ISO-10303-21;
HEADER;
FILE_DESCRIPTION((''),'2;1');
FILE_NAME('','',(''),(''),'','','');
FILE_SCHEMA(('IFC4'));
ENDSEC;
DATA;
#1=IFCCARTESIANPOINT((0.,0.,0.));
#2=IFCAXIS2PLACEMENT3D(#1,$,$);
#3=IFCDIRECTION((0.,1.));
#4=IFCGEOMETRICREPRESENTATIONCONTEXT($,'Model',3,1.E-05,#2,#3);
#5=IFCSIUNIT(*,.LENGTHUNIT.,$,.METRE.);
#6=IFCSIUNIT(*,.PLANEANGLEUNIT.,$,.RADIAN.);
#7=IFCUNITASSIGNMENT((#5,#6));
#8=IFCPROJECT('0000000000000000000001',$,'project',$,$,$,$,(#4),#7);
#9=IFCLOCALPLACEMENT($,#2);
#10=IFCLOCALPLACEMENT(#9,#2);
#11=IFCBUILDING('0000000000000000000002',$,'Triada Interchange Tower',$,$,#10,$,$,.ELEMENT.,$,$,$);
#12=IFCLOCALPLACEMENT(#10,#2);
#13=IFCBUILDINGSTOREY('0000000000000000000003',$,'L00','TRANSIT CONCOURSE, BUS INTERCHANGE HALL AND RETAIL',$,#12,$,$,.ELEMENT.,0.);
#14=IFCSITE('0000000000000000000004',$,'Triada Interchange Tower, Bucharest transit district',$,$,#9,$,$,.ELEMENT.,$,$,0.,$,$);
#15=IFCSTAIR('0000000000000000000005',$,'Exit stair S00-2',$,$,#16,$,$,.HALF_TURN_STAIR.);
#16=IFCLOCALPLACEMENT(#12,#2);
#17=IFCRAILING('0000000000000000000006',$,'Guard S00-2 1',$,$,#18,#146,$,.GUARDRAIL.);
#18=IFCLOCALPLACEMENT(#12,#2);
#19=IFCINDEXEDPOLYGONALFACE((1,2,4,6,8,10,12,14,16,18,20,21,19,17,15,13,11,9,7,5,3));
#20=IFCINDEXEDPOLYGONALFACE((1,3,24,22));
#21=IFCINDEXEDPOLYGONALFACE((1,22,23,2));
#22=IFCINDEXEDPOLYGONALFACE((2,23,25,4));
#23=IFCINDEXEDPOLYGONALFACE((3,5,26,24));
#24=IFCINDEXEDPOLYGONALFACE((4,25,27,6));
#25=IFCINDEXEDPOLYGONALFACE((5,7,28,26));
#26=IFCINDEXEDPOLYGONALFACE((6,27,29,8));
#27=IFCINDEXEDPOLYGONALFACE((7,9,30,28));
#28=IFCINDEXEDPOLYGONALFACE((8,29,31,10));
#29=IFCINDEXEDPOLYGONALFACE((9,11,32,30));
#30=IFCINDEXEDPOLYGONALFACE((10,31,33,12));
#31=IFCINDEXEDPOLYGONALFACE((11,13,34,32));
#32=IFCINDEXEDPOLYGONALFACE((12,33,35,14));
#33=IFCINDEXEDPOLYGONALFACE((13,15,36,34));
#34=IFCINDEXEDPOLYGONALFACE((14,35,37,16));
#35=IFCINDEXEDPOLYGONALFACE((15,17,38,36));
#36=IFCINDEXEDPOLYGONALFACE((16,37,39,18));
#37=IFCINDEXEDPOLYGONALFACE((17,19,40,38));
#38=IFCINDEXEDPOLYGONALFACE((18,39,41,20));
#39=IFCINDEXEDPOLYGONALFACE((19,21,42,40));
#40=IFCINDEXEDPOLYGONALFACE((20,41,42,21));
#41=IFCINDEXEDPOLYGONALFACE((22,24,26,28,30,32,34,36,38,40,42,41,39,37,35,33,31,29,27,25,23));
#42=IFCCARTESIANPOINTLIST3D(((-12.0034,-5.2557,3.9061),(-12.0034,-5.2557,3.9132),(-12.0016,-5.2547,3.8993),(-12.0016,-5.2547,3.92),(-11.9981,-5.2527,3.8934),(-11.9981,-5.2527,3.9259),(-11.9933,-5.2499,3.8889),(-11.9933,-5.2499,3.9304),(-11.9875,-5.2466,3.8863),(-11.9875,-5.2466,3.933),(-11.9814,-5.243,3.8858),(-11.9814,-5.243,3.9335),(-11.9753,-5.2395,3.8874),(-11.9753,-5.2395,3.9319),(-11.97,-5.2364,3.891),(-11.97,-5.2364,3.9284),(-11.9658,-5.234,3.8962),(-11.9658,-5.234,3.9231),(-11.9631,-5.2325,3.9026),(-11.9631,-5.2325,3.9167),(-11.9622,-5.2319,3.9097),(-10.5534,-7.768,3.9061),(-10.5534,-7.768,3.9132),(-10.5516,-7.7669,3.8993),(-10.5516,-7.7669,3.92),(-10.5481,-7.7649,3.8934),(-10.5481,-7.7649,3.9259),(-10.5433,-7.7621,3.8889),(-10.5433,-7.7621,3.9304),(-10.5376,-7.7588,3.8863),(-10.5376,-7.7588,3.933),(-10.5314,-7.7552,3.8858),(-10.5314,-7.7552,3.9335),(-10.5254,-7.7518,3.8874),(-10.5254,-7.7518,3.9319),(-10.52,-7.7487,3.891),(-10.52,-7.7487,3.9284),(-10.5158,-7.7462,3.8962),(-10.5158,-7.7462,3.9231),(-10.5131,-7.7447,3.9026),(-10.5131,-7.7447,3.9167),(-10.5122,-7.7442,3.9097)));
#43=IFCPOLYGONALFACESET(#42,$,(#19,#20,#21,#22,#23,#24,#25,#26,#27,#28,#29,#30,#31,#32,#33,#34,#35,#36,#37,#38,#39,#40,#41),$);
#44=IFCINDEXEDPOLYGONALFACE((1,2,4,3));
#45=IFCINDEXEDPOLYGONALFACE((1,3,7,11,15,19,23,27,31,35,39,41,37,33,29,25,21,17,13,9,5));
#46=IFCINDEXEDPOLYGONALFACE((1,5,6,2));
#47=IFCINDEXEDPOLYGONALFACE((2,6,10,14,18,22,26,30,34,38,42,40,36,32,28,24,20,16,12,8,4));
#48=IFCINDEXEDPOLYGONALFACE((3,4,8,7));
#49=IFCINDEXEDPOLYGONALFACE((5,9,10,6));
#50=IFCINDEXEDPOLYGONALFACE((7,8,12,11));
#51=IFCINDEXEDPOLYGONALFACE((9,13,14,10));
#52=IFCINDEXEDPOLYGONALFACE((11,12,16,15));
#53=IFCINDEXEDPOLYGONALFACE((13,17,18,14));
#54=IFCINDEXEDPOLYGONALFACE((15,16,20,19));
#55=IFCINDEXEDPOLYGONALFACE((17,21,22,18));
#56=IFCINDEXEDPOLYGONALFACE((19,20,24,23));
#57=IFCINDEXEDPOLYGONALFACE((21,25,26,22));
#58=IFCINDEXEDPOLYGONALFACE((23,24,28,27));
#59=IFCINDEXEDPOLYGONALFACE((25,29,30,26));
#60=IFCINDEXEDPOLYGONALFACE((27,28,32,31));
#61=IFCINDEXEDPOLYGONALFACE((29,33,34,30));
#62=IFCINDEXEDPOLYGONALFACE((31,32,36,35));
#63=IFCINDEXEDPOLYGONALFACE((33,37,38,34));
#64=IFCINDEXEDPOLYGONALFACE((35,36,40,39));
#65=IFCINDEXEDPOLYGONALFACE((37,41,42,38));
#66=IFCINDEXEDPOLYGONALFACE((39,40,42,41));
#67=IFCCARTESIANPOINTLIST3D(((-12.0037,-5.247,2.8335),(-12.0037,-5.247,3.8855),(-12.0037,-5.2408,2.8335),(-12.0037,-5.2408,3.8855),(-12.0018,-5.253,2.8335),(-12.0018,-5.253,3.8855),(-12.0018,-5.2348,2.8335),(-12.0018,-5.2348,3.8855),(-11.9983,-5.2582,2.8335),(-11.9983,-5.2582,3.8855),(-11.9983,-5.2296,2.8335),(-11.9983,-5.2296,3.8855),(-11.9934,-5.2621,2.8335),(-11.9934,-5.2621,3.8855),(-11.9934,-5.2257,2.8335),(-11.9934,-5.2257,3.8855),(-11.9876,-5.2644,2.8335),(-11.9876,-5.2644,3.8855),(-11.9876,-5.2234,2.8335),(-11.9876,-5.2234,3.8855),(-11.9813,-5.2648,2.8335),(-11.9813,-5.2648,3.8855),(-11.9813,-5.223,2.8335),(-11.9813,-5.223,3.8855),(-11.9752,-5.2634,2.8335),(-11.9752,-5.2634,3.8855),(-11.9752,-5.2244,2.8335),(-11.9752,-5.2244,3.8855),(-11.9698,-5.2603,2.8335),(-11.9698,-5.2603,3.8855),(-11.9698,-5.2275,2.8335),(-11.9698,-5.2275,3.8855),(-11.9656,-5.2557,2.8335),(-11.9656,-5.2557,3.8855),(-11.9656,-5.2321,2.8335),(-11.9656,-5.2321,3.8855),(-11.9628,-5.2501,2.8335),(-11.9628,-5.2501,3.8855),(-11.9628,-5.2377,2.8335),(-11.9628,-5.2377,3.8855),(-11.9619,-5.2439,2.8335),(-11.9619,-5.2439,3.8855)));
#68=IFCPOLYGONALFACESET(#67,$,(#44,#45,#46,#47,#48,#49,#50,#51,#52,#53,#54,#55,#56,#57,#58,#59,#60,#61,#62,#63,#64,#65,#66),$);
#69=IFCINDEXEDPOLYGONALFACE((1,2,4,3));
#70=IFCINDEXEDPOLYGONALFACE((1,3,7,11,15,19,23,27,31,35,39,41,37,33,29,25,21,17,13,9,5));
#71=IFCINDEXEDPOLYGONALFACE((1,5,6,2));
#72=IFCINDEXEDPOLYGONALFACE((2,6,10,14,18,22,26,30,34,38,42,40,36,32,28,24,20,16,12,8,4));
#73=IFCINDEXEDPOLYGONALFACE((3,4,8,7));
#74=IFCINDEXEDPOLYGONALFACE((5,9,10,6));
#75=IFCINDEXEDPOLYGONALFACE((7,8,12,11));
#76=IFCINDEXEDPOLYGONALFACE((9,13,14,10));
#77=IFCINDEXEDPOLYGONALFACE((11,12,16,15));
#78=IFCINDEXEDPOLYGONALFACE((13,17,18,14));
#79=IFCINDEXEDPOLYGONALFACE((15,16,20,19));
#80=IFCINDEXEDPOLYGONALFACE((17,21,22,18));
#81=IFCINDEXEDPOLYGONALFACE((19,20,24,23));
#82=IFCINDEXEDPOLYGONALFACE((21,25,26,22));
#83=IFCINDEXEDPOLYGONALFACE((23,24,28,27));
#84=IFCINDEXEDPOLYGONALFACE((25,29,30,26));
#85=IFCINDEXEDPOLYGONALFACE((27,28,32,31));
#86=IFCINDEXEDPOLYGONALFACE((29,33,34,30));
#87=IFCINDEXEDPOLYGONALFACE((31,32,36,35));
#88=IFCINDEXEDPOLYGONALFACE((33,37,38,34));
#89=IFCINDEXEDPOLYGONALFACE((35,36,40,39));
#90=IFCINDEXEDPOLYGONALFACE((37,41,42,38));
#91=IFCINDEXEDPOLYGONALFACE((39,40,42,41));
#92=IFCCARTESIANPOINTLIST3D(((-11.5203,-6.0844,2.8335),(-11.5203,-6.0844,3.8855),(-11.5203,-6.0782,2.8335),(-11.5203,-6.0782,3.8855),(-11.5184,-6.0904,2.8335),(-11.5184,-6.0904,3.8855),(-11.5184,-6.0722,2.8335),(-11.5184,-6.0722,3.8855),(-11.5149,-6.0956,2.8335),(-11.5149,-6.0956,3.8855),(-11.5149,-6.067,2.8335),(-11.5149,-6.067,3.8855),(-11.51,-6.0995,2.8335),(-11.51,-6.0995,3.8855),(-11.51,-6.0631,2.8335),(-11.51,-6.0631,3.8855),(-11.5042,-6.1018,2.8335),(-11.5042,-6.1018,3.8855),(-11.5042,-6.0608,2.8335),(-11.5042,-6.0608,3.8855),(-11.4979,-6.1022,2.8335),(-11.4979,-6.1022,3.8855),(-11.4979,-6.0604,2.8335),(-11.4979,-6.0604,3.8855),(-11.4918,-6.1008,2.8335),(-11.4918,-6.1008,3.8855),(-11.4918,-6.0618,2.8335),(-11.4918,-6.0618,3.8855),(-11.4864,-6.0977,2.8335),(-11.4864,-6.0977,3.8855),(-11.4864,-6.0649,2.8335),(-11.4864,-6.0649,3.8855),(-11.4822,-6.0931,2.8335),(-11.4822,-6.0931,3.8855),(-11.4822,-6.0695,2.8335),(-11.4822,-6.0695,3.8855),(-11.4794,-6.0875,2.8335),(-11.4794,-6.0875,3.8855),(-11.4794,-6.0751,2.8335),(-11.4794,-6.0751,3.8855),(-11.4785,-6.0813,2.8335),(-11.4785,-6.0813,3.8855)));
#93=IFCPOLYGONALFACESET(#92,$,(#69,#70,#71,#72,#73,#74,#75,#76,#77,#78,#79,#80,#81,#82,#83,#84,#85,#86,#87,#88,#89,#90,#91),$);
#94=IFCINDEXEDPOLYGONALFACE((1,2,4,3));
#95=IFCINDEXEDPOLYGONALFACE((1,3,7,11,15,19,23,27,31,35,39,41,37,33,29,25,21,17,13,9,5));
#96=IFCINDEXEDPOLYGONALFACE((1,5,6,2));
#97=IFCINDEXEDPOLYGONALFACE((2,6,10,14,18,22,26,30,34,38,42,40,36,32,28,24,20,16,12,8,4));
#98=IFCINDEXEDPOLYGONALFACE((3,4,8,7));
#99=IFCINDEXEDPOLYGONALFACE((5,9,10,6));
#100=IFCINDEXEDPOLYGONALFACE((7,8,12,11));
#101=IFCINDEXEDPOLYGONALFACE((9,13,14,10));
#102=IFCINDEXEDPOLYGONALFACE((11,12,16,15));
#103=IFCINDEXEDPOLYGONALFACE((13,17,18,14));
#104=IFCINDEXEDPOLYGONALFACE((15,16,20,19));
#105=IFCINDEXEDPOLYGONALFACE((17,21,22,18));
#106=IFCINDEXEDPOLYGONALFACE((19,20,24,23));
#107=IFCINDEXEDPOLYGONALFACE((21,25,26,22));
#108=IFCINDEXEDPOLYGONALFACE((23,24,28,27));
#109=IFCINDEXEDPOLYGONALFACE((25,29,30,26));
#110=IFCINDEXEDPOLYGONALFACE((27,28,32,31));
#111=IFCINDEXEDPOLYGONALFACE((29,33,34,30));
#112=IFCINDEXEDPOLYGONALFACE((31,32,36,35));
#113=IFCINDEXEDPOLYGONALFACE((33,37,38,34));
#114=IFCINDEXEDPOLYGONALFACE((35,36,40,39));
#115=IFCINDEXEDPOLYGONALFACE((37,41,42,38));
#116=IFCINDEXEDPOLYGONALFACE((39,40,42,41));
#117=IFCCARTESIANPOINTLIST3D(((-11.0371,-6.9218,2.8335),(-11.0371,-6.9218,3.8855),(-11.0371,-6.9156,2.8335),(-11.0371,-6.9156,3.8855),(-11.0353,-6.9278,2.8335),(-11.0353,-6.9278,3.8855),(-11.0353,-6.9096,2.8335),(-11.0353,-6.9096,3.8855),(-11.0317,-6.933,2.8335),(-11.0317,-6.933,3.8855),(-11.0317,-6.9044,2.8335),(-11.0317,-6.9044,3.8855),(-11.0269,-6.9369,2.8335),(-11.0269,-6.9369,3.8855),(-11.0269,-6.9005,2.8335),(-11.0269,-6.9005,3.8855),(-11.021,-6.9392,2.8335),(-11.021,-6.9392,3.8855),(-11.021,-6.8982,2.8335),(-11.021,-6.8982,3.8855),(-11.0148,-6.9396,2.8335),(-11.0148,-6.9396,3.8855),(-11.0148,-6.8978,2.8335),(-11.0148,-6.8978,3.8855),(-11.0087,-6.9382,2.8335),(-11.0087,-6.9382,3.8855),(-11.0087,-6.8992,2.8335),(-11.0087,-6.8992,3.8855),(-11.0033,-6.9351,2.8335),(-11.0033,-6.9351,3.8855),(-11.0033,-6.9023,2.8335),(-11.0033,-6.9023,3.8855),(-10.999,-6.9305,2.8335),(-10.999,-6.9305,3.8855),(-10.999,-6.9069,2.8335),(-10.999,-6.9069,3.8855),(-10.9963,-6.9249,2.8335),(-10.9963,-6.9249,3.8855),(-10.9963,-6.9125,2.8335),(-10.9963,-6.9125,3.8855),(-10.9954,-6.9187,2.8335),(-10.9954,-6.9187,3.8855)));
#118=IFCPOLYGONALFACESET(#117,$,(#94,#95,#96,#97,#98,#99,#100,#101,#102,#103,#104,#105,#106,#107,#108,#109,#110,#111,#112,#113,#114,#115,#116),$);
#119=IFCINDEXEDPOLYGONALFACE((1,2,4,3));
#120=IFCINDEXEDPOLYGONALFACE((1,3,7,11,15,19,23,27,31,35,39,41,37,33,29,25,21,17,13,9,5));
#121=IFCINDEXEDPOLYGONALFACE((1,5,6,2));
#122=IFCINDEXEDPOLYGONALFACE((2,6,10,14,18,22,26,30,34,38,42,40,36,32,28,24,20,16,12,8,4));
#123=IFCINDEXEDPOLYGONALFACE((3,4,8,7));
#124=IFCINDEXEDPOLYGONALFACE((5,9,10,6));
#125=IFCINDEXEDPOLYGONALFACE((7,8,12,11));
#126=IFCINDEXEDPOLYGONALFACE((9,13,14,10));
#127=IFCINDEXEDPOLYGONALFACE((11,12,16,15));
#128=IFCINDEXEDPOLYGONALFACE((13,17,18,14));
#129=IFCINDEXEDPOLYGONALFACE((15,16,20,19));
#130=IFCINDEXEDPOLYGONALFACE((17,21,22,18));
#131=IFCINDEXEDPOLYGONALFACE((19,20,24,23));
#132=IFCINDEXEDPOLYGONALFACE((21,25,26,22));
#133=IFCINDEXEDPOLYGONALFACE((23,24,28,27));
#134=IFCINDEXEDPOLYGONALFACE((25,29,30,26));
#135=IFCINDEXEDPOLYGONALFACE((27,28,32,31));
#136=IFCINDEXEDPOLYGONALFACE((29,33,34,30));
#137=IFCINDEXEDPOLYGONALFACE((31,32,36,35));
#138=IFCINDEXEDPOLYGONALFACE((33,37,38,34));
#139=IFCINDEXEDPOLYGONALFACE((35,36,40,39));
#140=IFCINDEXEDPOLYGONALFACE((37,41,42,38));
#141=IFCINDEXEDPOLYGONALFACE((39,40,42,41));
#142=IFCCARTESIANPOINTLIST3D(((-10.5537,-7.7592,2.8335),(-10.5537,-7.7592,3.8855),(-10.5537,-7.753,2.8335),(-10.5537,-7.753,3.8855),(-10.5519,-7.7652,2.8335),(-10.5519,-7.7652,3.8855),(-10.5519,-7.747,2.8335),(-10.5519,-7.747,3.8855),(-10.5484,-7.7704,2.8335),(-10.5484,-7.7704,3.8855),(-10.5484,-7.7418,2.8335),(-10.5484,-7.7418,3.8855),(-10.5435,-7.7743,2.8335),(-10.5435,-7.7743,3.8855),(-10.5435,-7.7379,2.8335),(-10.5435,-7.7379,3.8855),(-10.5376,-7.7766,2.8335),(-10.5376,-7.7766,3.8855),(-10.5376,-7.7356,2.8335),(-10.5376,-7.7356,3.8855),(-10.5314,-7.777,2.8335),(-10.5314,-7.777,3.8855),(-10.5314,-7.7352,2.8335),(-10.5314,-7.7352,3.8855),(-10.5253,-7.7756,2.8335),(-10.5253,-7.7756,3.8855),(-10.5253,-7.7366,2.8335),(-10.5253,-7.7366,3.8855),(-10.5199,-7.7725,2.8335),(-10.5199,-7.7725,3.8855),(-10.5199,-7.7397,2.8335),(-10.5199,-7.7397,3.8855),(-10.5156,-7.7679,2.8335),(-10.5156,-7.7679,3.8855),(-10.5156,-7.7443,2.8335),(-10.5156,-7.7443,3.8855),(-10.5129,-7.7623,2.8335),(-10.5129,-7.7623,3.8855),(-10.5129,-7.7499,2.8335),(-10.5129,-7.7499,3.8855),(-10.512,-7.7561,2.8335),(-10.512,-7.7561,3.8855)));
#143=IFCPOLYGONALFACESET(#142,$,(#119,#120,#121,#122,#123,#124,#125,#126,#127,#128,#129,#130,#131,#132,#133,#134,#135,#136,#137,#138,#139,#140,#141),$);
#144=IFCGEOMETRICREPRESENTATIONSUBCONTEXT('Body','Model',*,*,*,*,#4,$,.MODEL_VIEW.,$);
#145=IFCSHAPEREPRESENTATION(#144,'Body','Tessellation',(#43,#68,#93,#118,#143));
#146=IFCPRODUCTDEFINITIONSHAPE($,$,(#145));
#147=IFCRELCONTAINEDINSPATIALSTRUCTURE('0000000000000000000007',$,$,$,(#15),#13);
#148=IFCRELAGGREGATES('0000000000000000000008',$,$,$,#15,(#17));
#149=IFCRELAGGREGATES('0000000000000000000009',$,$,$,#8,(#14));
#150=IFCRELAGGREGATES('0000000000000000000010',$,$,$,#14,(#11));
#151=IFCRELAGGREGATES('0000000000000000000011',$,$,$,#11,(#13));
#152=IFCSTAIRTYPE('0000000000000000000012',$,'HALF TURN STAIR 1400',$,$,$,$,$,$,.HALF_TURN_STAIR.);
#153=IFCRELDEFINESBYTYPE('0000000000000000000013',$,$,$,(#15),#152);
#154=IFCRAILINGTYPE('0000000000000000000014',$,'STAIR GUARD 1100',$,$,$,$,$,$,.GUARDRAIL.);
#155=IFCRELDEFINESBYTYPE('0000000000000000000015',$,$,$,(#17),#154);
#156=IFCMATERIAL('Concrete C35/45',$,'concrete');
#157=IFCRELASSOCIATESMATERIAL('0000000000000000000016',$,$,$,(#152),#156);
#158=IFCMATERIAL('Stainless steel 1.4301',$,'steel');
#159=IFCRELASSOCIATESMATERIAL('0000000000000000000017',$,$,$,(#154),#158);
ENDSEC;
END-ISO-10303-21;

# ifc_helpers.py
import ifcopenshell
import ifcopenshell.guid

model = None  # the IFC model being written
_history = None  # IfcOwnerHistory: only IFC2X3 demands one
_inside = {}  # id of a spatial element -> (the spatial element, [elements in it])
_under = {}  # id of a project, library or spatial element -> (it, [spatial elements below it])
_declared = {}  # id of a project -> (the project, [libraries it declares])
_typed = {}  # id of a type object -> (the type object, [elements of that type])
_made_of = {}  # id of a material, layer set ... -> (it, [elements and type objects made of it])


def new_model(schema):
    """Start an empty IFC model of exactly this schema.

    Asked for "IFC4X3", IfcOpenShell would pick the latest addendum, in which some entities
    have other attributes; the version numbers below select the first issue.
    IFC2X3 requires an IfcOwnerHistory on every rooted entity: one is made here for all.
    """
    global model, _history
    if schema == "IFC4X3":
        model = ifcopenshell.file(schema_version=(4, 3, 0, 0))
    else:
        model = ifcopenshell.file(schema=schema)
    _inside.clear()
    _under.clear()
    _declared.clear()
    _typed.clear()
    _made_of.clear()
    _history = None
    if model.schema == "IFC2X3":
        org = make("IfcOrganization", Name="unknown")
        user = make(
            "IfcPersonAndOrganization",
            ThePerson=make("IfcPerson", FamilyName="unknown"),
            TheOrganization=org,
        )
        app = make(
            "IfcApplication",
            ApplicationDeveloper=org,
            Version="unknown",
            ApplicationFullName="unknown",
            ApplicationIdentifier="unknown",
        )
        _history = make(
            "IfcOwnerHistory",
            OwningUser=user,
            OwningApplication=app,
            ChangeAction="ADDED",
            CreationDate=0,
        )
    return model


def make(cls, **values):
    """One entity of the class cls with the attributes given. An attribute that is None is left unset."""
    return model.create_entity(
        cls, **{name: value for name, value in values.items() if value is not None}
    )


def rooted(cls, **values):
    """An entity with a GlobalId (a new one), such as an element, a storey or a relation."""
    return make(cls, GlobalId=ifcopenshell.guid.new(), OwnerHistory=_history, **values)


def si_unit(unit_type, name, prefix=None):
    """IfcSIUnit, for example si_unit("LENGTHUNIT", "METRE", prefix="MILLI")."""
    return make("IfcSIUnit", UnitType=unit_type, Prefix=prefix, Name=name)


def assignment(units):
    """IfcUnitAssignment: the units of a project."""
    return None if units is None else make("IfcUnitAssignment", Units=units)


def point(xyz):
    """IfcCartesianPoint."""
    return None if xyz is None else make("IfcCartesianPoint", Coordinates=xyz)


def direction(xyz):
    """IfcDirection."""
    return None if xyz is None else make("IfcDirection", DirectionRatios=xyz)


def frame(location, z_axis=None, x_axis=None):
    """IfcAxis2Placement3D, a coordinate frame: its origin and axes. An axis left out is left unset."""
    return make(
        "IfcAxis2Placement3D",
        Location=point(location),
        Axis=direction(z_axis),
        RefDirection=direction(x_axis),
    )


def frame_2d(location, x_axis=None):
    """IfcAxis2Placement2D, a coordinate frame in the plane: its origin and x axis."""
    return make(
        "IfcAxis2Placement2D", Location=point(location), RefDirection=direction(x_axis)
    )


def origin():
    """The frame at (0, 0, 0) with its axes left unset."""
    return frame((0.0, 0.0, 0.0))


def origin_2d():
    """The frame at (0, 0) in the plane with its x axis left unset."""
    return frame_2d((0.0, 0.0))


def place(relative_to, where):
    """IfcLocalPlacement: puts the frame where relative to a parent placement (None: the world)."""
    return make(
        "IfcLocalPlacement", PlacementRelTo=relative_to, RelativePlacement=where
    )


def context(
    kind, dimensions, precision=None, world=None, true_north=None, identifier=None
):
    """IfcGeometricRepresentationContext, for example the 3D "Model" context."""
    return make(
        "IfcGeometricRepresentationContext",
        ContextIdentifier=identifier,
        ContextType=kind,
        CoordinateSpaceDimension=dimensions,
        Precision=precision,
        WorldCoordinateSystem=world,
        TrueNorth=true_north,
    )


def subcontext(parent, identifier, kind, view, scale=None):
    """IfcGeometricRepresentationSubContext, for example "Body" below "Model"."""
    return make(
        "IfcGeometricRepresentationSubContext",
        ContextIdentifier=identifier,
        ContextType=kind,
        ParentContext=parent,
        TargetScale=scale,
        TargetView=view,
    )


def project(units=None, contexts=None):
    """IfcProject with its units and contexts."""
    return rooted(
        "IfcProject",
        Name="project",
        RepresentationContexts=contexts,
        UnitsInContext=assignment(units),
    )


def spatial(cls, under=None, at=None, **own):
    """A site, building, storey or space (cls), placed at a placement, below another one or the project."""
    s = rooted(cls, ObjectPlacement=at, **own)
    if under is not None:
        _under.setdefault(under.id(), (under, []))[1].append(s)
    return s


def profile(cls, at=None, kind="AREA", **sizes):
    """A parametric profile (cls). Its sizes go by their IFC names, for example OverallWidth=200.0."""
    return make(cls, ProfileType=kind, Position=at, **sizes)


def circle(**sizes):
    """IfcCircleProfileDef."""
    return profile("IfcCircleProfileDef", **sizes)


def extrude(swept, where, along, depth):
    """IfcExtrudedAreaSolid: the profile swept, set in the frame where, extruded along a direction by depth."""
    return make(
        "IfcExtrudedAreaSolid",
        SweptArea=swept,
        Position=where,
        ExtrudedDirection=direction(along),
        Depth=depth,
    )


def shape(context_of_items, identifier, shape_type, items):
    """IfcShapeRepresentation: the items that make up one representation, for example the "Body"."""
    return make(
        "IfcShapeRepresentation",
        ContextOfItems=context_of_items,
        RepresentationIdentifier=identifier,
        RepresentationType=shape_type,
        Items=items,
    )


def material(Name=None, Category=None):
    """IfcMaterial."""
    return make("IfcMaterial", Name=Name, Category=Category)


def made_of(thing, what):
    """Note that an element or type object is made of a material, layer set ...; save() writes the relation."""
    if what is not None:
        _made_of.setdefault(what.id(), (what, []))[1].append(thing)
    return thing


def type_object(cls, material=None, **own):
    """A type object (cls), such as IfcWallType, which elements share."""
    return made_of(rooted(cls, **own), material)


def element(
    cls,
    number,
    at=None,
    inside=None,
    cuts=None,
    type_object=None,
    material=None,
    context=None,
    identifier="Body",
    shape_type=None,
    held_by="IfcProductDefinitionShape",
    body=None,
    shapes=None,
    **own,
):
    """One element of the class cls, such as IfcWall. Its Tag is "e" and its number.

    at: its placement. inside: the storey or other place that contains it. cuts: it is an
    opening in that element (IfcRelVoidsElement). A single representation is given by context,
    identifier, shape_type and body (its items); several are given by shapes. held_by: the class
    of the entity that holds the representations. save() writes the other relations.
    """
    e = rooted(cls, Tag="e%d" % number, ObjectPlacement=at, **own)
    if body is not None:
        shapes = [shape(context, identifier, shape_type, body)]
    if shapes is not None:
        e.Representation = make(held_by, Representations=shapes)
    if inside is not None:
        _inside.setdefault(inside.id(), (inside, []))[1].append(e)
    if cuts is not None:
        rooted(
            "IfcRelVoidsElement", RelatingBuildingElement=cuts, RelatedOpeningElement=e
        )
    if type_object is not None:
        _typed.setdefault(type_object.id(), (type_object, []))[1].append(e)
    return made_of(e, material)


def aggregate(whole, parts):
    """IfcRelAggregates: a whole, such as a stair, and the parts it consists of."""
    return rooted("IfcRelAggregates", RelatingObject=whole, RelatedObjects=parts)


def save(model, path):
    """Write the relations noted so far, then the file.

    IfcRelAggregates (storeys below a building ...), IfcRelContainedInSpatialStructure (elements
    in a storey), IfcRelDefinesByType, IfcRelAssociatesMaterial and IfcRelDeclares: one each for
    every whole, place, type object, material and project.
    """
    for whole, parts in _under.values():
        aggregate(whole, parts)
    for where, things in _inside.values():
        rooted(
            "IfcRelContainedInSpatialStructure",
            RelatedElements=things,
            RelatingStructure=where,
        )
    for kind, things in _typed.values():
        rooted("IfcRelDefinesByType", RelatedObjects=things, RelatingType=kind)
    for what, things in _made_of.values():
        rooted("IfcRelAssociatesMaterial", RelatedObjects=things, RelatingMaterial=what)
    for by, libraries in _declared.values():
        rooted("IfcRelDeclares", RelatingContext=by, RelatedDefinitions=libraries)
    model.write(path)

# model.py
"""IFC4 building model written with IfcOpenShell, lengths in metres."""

from ifc_helpers import new_model, si_unit, direction, frame, origin, origin_2d, place, context, subcontext, project, spatial, circle, extrude, material, type_object, element, aggregate, save


model = new_model("IFC4")

# Units and contexts
model_context = context("Model", 3, precision=1e-05, world=origin(), true_north=direction((0.0, 1.0)))
body_context = subcontext(model_context, "Body", "Model", "MODEL_VIEW")
ifc_project = project(units=[si_unit("LENGTHUNIT", "METRE"), si_unit("PLANEANGLEUNIT", "RADIAN")], contexts=[model_context])

# Site, building, storey
site_placement = place(None, origin())
site = spatial("IfcSite", under=ifc_project, at=site_placement, Name="Triada Interchange Tower, Bucharest transit district", CompositionType="ELEMENT", RefElevation=0.0)
building_placement = place(site_placement, origin())
building = spatial("IfcBuilding", under=site, at=building_placement, Name="Triada Interchange Tower", CompositionType="ELEMENT")
storey_placement = place(building_placement, origin())
storey = spatial("IfcBuildingStorey", under=building, at=storey_placement, Name="L00", Description="TRANSIT CONCOURSE, BUS INTERCHANGE HALL AND RETAIL", CompositionType="ELEMENT", Elevation=0.0)

# Shared definitions
ifc_material_1 = material(Name="Concrete C35/45", Category="concrete")

# Stair, railing
stair_type = type_object("IfcStairType", Name="HALF TURN STAIR 1400", PredefinedType="HALF_TURN_STAIR", material=ifc_material_1)
stair_placement = place(storey_placement, origin())
stair = element("IfcStair", 1, at=stair_placement, inside=storey, type_object=stair_type, Name="Exit stair S00-2", PredefinedType="HALF_TURN_STAIR")
ifc_material_2 = material(Name="Stainless steel 1.4301", Category="steel")
railing_type_1 = type_object("IfcRailingType", Name="STAIR GUARD 1100", PredefinedType="GUARDRAIL", material=ifc_material_2)
railing_1_placement = place(storey_placement, frame((-11.9829, -5.2439, 2.8335)))
railing_1 = element("IfcRailing", 2, at=railing_1_placement, type_object=railing_type_1, Name="Guard S00-2 1", PredefinedType="GUARDRAIL", context=body_context, shape_type="SweptSolid", body=[
    extrude(circle(Radius=0.0239, at=origin_2d()), frame((0.0, 0.0, 1.0762), z_axis=(0.499878, -0.866096, 0.0), x_axis=(0.866096, 0.499878, 0.0)), (0.0, 0.0, 1.0), 2.9006),
    extrude(circle(Radius=0.021, at=origin_2d()), origin(), (0.0, 0.0, 1.0), 1.052),
    extrude(circle(Radius=0.021, at=origin_2d()), frame((0.4834, -0.8374, 0.0)), (0.0, 0.0, 1.0), 1.052),
    extrude(circle(Radius=0.021, at=origin_2d()), frame((0.9666, -1.6748, 0.0)), (0.0, 0.0, 1.0), 1.052),
    extrude(circle(Radius=0.021, at=origin_2d()), frame((1.45, -2.5122, 0.0)), (0.0, 0.0, 1.0), 1.052),
])
aggregate(stair, [railing_1])

save(model, "model.ifc")
